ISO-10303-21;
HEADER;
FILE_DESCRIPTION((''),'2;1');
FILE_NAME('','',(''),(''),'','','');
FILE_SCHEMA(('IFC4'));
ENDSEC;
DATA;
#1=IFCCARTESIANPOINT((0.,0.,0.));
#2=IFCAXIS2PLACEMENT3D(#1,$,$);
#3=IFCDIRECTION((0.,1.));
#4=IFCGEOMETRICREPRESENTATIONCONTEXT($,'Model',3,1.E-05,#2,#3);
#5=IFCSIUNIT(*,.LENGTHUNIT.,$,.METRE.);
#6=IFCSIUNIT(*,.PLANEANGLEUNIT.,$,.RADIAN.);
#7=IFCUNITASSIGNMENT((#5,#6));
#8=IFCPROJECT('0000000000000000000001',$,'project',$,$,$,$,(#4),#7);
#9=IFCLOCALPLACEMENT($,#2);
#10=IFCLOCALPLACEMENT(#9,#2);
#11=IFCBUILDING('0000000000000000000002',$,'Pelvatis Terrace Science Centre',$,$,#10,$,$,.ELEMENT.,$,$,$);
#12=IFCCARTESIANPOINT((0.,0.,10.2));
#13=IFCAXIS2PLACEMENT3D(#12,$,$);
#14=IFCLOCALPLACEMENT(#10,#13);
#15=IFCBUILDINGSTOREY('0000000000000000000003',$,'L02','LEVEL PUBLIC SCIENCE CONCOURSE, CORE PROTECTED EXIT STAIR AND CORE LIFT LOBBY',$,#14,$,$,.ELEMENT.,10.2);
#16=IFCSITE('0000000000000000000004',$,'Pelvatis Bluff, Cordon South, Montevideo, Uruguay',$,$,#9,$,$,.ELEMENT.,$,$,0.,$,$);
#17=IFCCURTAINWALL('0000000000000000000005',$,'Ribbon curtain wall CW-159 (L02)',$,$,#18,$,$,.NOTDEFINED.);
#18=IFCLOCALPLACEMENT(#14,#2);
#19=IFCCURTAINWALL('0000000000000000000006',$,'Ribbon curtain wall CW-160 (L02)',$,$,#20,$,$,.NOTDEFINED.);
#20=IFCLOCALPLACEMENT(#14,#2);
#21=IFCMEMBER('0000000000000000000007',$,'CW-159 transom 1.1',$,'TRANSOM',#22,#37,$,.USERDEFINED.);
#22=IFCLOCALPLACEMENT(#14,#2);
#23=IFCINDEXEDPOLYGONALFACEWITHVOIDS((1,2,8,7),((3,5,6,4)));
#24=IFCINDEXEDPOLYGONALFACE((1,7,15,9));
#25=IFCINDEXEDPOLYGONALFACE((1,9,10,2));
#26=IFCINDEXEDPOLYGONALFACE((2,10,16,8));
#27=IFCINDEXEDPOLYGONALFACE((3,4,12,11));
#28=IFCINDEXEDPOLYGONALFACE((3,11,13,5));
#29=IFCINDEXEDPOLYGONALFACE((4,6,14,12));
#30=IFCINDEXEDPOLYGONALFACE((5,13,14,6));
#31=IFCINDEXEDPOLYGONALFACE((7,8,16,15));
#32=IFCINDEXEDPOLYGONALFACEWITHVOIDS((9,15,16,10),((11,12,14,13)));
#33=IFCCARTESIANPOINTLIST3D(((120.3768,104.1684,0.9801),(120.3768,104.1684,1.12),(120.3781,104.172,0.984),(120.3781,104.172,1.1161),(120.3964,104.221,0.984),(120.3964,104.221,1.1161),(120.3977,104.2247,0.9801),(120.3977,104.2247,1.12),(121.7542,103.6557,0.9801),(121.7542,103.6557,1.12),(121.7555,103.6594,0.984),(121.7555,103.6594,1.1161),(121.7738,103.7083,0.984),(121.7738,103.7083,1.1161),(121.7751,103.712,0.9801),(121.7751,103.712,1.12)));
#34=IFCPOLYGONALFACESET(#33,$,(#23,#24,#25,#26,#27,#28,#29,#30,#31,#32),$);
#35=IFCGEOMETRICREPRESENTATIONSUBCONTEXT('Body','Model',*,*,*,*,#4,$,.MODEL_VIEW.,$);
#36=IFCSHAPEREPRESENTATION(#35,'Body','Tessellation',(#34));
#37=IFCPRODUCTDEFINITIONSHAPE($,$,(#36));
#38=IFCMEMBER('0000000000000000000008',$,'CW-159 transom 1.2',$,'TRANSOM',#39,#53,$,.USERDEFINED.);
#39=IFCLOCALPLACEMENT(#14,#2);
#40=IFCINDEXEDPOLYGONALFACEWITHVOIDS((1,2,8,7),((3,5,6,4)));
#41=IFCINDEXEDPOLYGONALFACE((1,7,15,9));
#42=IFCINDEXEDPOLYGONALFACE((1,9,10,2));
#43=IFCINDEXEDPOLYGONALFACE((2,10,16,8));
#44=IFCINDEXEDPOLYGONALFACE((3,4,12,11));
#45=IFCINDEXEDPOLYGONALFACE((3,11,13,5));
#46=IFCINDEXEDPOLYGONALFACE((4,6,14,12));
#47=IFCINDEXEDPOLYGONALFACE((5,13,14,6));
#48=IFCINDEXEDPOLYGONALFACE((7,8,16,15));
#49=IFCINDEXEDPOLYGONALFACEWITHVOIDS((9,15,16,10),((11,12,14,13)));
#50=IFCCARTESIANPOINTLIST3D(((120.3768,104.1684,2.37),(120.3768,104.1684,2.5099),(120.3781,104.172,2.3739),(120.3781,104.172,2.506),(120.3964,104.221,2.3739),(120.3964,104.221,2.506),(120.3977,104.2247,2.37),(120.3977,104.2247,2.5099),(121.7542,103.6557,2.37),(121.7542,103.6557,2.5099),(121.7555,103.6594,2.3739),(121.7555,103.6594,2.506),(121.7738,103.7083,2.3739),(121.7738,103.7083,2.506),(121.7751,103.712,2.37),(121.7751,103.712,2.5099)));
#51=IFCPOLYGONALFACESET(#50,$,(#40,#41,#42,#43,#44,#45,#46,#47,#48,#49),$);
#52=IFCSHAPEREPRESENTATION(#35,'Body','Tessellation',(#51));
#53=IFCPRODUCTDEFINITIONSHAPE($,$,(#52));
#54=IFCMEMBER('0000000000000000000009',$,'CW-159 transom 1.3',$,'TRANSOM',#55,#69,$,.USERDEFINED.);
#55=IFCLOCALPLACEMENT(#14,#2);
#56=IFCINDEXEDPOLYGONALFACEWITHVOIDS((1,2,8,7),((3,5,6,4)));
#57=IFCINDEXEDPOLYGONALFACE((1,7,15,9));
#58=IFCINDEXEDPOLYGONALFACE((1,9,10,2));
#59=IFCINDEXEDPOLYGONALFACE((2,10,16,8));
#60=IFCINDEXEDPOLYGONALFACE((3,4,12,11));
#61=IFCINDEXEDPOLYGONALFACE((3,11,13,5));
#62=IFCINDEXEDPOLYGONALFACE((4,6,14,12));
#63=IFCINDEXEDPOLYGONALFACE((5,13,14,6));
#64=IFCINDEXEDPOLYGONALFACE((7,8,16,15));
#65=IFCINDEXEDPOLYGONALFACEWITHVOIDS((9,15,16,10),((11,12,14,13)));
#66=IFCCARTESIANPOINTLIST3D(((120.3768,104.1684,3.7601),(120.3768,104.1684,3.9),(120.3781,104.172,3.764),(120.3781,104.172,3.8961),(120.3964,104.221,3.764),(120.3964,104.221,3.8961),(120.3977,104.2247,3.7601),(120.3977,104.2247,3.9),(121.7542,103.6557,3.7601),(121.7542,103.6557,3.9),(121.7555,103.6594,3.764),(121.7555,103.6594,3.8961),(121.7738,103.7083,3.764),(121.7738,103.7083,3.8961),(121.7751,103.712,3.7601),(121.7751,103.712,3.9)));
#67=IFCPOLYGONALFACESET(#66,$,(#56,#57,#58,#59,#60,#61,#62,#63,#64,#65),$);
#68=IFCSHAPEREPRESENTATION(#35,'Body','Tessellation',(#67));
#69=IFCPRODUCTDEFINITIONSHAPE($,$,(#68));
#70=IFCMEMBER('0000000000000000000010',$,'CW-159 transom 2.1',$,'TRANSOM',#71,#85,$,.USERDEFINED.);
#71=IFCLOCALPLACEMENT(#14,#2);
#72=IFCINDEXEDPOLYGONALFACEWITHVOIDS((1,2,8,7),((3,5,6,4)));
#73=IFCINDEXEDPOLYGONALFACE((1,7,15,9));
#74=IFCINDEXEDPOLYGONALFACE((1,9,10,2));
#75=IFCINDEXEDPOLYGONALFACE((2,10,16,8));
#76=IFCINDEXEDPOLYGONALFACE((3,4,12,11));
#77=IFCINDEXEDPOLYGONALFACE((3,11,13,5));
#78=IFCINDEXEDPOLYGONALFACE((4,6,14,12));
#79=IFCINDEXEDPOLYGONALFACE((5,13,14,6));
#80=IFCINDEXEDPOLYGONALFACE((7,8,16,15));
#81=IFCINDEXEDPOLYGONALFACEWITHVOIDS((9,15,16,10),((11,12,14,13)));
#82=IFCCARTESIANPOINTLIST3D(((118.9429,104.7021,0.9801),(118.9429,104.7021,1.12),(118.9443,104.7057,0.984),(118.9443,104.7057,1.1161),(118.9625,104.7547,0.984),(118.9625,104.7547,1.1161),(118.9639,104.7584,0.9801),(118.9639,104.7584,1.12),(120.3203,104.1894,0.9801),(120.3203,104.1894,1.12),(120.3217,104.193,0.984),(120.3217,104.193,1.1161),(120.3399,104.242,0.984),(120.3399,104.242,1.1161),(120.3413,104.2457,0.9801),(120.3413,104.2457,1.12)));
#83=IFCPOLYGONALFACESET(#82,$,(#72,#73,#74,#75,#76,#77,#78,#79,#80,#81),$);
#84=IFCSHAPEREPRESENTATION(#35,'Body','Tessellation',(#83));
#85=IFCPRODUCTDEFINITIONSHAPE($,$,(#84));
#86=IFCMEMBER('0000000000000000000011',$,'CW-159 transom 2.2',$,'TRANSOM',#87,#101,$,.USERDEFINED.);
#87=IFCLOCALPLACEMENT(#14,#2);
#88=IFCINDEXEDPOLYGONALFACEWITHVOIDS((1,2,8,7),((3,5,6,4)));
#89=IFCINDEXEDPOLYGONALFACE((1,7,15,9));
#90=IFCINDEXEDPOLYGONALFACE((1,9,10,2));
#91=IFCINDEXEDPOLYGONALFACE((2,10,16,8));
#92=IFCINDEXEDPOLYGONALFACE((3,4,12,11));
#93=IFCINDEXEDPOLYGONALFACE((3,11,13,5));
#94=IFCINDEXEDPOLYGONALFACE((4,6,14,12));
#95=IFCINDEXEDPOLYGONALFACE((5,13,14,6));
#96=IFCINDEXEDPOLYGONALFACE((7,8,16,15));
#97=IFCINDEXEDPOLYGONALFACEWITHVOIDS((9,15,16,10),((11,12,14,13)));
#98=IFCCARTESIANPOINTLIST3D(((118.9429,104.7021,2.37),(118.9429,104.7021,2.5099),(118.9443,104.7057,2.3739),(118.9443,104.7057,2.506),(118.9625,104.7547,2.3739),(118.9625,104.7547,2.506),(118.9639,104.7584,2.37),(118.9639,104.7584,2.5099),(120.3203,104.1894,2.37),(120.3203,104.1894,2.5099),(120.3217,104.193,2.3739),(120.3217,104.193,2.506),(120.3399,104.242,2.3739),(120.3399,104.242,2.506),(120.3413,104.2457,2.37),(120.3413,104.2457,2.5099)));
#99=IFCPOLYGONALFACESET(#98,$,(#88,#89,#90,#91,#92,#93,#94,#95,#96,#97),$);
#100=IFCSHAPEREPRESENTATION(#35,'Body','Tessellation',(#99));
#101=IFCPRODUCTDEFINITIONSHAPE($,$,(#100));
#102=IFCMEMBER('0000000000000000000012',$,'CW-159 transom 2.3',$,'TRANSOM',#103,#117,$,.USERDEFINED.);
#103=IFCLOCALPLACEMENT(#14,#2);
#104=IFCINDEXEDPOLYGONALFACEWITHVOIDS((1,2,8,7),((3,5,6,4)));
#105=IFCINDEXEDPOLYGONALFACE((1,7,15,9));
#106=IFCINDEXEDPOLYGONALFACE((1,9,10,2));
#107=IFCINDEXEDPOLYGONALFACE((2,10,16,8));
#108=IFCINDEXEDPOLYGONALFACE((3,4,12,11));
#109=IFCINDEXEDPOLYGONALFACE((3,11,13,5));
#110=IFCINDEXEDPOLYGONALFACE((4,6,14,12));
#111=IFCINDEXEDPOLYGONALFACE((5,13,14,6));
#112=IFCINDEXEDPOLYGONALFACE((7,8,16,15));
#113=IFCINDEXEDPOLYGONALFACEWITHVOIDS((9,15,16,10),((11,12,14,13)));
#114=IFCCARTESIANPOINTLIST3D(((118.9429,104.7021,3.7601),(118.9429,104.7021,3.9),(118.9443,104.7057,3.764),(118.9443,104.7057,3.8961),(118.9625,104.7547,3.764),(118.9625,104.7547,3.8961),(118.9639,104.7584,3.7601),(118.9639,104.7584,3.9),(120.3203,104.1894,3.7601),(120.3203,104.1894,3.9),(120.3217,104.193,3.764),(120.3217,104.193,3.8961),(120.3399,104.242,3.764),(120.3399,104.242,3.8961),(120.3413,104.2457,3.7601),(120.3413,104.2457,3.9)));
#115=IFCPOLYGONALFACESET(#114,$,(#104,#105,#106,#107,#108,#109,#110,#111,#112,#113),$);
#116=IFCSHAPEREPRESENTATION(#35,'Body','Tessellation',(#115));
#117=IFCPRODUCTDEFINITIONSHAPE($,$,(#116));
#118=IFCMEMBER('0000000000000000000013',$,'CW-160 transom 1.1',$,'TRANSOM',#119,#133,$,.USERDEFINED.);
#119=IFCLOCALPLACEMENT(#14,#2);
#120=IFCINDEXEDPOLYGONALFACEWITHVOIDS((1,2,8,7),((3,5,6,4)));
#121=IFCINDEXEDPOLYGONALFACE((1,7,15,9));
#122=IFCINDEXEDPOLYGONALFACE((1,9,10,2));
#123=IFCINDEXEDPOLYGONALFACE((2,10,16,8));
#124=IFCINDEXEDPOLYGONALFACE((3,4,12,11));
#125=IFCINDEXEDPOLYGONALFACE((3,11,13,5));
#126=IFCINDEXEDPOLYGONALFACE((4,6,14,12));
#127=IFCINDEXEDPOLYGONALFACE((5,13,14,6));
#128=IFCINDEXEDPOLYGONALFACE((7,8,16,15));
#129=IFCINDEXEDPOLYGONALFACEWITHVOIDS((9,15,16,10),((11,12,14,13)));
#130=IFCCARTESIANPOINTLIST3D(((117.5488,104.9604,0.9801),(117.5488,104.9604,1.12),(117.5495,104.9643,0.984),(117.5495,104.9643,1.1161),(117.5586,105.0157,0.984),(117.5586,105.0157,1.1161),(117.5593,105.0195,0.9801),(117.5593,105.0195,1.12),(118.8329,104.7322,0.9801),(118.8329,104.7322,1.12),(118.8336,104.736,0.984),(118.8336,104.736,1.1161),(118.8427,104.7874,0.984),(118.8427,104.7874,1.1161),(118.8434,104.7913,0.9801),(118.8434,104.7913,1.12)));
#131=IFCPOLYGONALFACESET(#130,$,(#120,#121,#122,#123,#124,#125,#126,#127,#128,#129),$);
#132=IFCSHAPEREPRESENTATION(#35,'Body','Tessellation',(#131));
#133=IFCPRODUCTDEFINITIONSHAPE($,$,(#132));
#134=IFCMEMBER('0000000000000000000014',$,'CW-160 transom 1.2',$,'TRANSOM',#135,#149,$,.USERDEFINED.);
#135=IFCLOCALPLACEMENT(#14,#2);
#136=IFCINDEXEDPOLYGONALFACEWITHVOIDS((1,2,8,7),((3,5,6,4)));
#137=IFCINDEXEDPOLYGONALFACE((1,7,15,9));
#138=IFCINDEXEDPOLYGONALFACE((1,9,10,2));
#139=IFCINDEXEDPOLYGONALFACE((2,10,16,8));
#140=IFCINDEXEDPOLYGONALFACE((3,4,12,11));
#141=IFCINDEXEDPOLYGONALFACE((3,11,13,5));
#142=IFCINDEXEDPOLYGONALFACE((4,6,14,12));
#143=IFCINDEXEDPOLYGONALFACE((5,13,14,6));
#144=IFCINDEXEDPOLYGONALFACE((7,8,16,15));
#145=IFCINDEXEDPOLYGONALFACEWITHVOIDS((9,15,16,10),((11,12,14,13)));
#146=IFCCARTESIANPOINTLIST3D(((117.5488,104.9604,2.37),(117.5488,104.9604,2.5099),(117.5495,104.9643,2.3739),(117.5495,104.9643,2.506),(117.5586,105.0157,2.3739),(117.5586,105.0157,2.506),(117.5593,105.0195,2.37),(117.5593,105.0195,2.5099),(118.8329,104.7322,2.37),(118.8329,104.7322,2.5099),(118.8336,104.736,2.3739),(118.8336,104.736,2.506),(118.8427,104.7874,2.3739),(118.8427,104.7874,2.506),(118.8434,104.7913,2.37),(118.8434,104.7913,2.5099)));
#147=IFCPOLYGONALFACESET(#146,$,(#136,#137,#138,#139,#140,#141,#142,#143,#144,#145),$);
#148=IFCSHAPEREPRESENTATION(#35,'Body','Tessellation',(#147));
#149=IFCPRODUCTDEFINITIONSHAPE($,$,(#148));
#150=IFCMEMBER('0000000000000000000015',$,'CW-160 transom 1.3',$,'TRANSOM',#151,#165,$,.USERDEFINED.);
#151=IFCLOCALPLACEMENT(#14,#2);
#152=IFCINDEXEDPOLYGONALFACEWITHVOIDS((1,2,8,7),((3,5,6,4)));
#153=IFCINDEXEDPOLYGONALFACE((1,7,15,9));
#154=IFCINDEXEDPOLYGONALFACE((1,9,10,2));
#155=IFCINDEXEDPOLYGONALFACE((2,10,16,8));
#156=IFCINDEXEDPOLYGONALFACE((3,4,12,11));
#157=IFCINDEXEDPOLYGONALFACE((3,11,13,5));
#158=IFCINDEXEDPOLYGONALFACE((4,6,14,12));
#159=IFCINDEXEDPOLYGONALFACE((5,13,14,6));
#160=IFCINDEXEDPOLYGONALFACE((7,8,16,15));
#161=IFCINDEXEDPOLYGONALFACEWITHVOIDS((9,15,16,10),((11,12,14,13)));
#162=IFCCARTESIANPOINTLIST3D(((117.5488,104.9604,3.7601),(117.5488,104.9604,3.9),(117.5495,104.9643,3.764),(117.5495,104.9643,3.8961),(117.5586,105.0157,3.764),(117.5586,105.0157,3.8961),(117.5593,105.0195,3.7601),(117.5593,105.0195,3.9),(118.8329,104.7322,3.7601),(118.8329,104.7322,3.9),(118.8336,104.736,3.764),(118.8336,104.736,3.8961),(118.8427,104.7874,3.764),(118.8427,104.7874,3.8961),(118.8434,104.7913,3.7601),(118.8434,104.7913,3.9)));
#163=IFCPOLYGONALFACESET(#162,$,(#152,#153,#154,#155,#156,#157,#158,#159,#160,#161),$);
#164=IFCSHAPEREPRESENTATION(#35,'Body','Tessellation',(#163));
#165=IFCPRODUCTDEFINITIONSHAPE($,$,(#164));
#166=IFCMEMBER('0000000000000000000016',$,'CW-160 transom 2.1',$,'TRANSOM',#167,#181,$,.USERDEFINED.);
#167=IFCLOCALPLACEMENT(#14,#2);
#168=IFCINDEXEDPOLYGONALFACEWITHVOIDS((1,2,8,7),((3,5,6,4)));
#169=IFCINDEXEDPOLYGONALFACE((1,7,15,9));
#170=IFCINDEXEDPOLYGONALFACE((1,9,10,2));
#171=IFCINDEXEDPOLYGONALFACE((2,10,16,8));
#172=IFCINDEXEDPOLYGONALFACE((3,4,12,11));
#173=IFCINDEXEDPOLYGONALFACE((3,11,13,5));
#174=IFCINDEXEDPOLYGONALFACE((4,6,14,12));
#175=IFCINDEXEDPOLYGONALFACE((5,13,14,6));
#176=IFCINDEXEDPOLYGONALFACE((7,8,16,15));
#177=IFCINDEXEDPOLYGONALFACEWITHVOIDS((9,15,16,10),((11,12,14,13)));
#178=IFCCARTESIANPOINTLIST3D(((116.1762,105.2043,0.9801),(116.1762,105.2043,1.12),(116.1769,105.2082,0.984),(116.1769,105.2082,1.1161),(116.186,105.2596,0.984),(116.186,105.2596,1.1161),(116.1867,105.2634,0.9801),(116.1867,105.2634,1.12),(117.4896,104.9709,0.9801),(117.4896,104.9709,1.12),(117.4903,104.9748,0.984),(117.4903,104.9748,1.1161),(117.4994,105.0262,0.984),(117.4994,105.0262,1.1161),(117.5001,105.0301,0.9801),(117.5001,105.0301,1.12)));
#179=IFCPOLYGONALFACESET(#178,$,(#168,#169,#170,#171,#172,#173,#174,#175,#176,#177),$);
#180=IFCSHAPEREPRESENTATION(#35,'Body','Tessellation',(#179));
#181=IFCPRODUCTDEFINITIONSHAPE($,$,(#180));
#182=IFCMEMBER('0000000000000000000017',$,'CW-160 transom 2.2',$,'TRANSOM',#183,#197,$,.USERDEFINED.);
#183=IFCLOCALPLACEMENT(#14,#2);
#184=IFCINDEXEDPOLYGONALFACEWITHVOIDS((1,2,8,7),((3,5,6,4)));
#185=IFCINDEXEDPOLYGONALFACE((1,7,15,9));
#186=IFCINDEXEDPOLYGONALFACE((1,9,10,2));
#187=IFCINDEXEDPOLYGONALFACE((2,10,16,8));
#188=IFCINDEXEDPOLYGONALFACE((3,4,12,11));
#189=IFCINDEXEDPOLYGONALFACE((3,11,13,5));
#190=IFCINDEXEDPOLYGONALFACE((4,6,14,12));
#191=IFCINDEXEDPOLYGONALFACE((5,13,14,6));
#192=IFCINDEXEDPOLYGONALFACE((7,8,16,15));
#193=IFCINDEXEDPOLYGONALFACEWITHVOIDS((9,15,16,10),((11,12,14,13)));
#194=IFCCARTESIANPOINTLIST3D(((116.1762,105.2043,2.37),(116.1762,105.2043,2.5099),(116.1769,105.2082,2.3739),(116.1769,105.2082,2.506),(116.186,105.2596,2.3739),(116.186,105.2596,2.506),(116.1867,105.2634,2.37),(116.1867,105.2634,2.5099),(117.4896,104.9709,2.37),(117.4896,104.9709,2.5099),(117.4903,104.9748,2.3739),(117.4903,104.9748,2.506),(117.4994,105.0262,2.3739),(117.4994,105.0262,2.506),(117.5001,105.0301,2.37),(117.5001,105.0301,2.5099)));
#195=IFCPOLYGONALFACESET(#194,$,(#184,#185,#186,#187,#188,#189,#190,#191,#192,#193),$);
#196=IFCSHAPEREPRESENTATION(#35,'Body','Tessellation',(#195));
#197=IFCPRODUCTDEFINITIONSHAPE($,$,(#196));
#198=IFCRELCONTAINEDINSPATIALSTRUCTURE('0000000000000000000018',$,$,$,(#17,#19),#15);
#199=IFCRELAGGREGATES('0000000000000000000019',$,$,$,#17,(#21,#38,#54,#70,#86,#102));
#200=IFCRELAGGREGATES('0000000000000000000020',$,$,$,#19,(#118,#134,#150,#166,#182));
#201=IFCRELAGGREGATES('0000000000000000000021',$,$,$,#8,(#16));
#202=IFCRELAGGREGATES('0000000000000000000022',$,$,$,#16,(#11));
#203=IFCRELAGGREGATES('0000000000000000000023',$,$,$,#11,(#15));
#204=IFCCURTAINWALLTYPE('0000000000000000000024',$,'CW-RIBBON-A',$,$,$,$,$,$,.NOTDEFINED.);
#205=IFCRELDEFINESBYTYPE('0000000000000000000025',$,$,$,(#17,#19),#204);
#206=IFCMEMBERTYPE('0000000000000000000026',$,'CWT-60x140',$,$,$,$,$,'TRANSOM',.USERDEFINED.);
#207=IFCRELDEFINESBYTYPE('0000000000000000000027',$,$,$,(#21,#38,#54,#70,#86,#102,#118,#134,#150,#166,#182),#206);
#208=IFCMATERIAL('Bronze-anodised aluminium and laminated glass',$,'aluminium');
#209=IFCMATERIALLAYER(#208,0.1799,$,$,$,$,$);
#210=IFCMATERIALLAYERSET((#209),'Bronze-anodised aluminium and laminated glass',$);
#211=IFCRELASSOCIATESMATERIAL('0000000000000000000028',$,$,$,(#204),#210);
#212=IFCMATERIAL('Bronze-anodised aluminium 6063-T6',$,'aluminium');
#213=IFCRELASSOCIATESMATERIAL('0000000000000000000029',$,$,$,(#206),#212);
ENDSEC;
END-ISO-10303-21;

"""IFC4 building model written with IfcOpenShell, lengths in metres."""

from ifc_helpers import new_model, si_unit, direction, frame, origin, origin_2d, place, context, subcontext, project, spatial, hollow_rectangle, extrude, material, layer, layer_set, material_profile, profile_set, type_object, element, aggregate, save


model = new_model("IFC4")

# Units and contexts
model_context = context("Model", 3, precision=1e-05, world=origin(), true_north=direction((0.0, 1.0)))
body_context = subcontext(model_context, "Body", "Model", "MODEL_VIEW")
ifc_project = project(units=[si_unit("LENGTHUNIT", "METRE"), si_unit("PLANEANGLEUNIT", "RADIAN")], contexts=[model_context])

# Site, building, storey
site_placement = place(None, origin())
site = spatial("IfcSite", under=ifc_project, at=site_placement, Name="Pelvatis Bluff, Cordon South, Montevideo, Uruguay", CompositionType="ELEMENT", RefElevation=0.0)
building_placement = place(site_placement, origin())
building = spatial("IfcBuilding", under=site, at=building_placement, Name="Pelvatis Terrace Science Centre", CompositionType="ELEMENT")
storey_placement = place(building_placement, frame((0.0, 0.0, 10.2)))
storey = spatial("IfcBuildingStorey", under=building, at=storey_placement, Name="L02", Description="LEVEL PUBLIC SCIENCE CONCOURSE, CORE PROTECTED EXIT STAIR AND CORE LIFT LOBBY", CompositionType="ELEMENT", Elevation=10.2)

# Shared definitions
ifc_material_1 = material(Name="Bronze-anodised aluminium and laminated glass", Category="aluminium")
ifc_layer_1 = layer(ifc_material_1, 0.1799)
ifc_layer_set_1 = layer_set([ifc_layer_1], Name="Bronze-anodised aluminium and laminated glass")
curtain_wall_type = type_object("IfcCurtainWallType", Name="CW-RIBBON-A", PredefinedType="NOTDEFINED", material=ifc_layer_set_1)

# Curtain walls
curtain_wall_1_placement = place(storey_placement, origin())
curtain_wall_1 = element("IfcCurtainWall", 1, at=curtain_wall_1_placement, inside=storey, type_object=curtain_wall_type, Name="Ribbon curtain wall CW-159 (L02)", PredefinedType="NOTDEFINED")
curtain_wall_2_placement = place(storey_placement, origin())
curtain_wall_2 = element("IfcCurtainWall", 2, at=curtain_wall_2_placement, inside=storey, type_object=curtain_wall_type, Name="Ribbon curtain wall CW-160 (L02)", PredefinedType="NOTDEFINED")

# Members
ifc_material_2 = material(Name="Bronze-anodised aluminium 6063-T6", Category="aluminium")
ifc_material_profile_1 = material_profile(ifc_material_2, hollow_rectangle(XDim=0.0601, YDim=0.1399, WallThickness=0.0039, at=origin_2d()), Name="ALU-TRN 60x140")
ifc_profile_set_1 = profile_set([ifc_material_profile_1], Name="Bronze-anodised aluminium 6063-T6")
member_type_1 = type_object("IfcMemberType", Name="CWT-60x140", ElementType="TRANSOM", PredefinedType="USERDEFINED", material=ifc_profile_set_1)
member_1_placement = place(storey_placement, frame((121.7646, 103.6838, 1.05), z_axis=(-0.937186, 0.348829, 0.0), x_axis=(-0.348829, -0.937186, 0.0)))
member_1 = element("IfcMember", 3, at=member_1_placement, type_object=member_type_1, Name="CW-159 transom 1.1", ObjectType="TRANSOM", PredefinedType="USERDEFINED", context=body_context, shape_type="SweptSolid", body=[
    extrude(hollow_rectangle(XDim=0.0601, YDim=0.1399, WallThickness=0.0039, at=origin_2d()), origin(), (0.0, 0.0, 1.0), 1.4697),
])
member_2_placement = place(storey_placement, frame((121.7646, 103.6838, 2.4399), z_axis=(-0.937186, 0.348829, 0.0), x_axis=(-0.348829, -0.937186, 0.0)))
member_2 = element("IfcMember", 4, at=member_2_placement, type_object=member_type_1, Name="CW-159 transom 1.2", ObjectType="TRANSOM", PredefinedType="USERDEFINED", context=body_context, shape_type="SweptSolid", body=[
    extrude(hollow_rectangle(XDim=0.0601, YDim=0.1399, WallThickness=0.0039, at=origin_2d()), origin(), (0.0, 0.0, 1.0), 1.4697),
])
member_3_placement = place(storey_placement, frame((121.7646, 103.6838, 3.8301), z_axis=(-0.937186, 0.348829, 0.0), x_axis=(-0.348829, -0.937186, 0.0)))
member_3 = element("IfcMember", 5, at=member_3_placement, type_object=member_type_1, Name="CW-159 transom 1.3", ObjectType="TRANSOM", PredefinedType="USERDEFINED", context=body_context, shape_type="SweptSolid", body=[
    extrude(hollow_rectangle(XDim=0.0601, YDim=0.1399, WallThickness=0.0039, at=origin_2d()), origin(), (0.0, 0.0, 1.0), 1.4697),
])
member_4_placement = place(storey_placement, frame((120.3308, 104.2175, 1.05), z_axis=(-0.937186, 0.348829, 0.0), x_axis=(-0.348829, -0.937186, 0.0)))
member_4 = element("IfcMember", 6, at=member_4_placement, type_object=member_type_1, Name="CW-159 transom 2.1", ObjectType="TRANSOM", PredefinedType="USERDEFINED", context=body_context, shape_type="SweptSolid", body=[
    extrude(hollow_rectangle(XDim=0.0601, YDim=0.1399, WallThickness=0.0039, at=origin_2d()), origin(), (0.0, 0.0, 1.0), 1.4697),
])
member_5_placement = place(storey_placement, frame((120.3308, 104.2175, 2.4399), z_axis=(-0.937186, 0.348829, 0.0), x_axis=(-0.348829, -0.937186, 0.0)))
member_5 = element("IfcMember", 7, at=member_5_placement, type_object=member_type_1, Name="CW-159 transom 2.2", ObjectType="TRANSOM", PredefinedType="USERDEFINED", context=body_context, shape_type="SweptSolid", body=[
    extrude(hollow_rectangle(XDim=0.0601, YDim=0.1399, WallThickness=0.0039, at=origin_2d()), origin(), (0.0, 0.0, 1.0), 1.4697),
])
member_6_placement = place(storey_placement, frame((120.3308, 104.2175, 3.8301), z_axis=(-0.937186, 0.348829, 0.0), x_axis=(-0.348829, -0.937186, 0.0)))
member_6 = element("IfcMember", 8, at=member_6_placement, type_object=member_type_1, Name="CW-159 transom 2.3", ObjectType="TRANSOM", PredefinedType="USERDEFINED", context=body_context, shape_type="SweptSolid", body=[
    extrude(hollow_rectangle(XDim=0.0601, YDim=0.1399, WallThickness=0.0039, at=origin_2d()), origin(), (0.0, 0.0, 1.0), 1.4697),
])
member_7_placement = place(storey_placement, frame((118.8381, 104.7617, 1.05), z_axis=(-0.984566, 0.175013, 0.0), x_axis=(-0.175013, -0.984566, 0.0)))
member_7 = element("IfcMember", 9, at=member_7_placement, type_object=member_type_1, Name="CW-160 transom 1.1", ObjectType="TRANSOM", PredefinedType="USERDEFINED", context=body_context, shape_type="SweptSolid", body=[
    extrude(hollow_rectangle(XDim=0.0601, YDim=0.1399, WallThickness=0.0039, at=origin_2d()), origin(), (0.0, 0.0, 1.0), 1.3042),
])
member_8_placement = place(storey_placement, frame((118.8381, 104.7617, 2.4399), z_axis=(-0.984566, 0.175013, 0.0), x_axis=(-0.175013, -0.984566, 0.0)))
member_8 = element("IfcMember", 10, at=member_8_placement, type_object=member_type_1, Name="CW-160 transom 1.2", ObjectType="TRANSOM", PredefinedType="USERDEFINED", context=body_context, shape_type="SweptSolid", body=[
    extrude(hollow_rectangle(XDim=0.0601, YDim=0.1399, WallThickness=0.0039, at=origin_2d()), origin(), (0.0, 0.0, 1.0), 1.3042),
])
member_9_placement = place(storey_placement, frame((118.8381, 104.7617, 3.8301), z_axis=(-0.984566, 0.175013, 0.0), x_axis=(-0.175013, -0.984566, 0.0)))
member_9 = element("IfcMember", 11, at=member_9_placement, type_object=member_type_1, Name="CW-160 transom 1.3", ObjectType="TRANSOM", PredefinedType="USERDEFINED", context=body_context, shape_type="SweptSolid", body=[
    extrude(hollow_rectangle(XDim=0.0601, YDim=0.1399, WallThickness=0.0039, at=origin_2d()), origin(), (0.0, 0.0, 1.0), 1.3042),
])
member_10_placement = place(storey_placement, frame((117.4949, 105.0005, 1.05), z_axis=(-0.984577, 0.174954, 0.0), x_axis=(-0.174954, -0.984577, 0.0)))
member_10 = element("IfcMember", 12, at=member_10_placement, type_object=member_type_1, Name="CW-160 transom 2.1", ObjectType="TRANSOM", PredefinedType="USERDEFINED", context=body_context, shape_type="SweptSolid", body=[
    extrude(hollow_rectangle(XDim=0.0601, YDim=0.1399, WallThickness=0.0039, at=origin_2d()), origin(), (0.0, 0.0, 1.0), 1.334),
])
member_11_placement = place(storey_placement, frame((117.4949, 105.0005, 2.4399), z_axis=(-0.984577, 0.174954, 0.0), x_axis=(-0.174954, -0.984577, 0.0)))
member_11 = element("IfcMember", 13, at=member_11_placement, type_object=member_type_1, Name="CW-160 transom 2.2", ObjectType="TRANSOM", PredefinedType="USERDEFINED", context=body_context, shape_type="SweptSolid", body=[
    extrude(hollow_rectangle(XDim=0.0601, YDim=0.1399, WallThickness=0.0039, at=origin_2d()), origin(), (0.0, 0.0, 1.0), 1.334),
])

aggregate(curtain_wall_1, [member_1, member_2, member_3, member_4, member_5, member_6])
aggregate(curtain_wall_2, [member_7, member_8, member_9, member_10, member_11])

save(model, "model.ifc")
